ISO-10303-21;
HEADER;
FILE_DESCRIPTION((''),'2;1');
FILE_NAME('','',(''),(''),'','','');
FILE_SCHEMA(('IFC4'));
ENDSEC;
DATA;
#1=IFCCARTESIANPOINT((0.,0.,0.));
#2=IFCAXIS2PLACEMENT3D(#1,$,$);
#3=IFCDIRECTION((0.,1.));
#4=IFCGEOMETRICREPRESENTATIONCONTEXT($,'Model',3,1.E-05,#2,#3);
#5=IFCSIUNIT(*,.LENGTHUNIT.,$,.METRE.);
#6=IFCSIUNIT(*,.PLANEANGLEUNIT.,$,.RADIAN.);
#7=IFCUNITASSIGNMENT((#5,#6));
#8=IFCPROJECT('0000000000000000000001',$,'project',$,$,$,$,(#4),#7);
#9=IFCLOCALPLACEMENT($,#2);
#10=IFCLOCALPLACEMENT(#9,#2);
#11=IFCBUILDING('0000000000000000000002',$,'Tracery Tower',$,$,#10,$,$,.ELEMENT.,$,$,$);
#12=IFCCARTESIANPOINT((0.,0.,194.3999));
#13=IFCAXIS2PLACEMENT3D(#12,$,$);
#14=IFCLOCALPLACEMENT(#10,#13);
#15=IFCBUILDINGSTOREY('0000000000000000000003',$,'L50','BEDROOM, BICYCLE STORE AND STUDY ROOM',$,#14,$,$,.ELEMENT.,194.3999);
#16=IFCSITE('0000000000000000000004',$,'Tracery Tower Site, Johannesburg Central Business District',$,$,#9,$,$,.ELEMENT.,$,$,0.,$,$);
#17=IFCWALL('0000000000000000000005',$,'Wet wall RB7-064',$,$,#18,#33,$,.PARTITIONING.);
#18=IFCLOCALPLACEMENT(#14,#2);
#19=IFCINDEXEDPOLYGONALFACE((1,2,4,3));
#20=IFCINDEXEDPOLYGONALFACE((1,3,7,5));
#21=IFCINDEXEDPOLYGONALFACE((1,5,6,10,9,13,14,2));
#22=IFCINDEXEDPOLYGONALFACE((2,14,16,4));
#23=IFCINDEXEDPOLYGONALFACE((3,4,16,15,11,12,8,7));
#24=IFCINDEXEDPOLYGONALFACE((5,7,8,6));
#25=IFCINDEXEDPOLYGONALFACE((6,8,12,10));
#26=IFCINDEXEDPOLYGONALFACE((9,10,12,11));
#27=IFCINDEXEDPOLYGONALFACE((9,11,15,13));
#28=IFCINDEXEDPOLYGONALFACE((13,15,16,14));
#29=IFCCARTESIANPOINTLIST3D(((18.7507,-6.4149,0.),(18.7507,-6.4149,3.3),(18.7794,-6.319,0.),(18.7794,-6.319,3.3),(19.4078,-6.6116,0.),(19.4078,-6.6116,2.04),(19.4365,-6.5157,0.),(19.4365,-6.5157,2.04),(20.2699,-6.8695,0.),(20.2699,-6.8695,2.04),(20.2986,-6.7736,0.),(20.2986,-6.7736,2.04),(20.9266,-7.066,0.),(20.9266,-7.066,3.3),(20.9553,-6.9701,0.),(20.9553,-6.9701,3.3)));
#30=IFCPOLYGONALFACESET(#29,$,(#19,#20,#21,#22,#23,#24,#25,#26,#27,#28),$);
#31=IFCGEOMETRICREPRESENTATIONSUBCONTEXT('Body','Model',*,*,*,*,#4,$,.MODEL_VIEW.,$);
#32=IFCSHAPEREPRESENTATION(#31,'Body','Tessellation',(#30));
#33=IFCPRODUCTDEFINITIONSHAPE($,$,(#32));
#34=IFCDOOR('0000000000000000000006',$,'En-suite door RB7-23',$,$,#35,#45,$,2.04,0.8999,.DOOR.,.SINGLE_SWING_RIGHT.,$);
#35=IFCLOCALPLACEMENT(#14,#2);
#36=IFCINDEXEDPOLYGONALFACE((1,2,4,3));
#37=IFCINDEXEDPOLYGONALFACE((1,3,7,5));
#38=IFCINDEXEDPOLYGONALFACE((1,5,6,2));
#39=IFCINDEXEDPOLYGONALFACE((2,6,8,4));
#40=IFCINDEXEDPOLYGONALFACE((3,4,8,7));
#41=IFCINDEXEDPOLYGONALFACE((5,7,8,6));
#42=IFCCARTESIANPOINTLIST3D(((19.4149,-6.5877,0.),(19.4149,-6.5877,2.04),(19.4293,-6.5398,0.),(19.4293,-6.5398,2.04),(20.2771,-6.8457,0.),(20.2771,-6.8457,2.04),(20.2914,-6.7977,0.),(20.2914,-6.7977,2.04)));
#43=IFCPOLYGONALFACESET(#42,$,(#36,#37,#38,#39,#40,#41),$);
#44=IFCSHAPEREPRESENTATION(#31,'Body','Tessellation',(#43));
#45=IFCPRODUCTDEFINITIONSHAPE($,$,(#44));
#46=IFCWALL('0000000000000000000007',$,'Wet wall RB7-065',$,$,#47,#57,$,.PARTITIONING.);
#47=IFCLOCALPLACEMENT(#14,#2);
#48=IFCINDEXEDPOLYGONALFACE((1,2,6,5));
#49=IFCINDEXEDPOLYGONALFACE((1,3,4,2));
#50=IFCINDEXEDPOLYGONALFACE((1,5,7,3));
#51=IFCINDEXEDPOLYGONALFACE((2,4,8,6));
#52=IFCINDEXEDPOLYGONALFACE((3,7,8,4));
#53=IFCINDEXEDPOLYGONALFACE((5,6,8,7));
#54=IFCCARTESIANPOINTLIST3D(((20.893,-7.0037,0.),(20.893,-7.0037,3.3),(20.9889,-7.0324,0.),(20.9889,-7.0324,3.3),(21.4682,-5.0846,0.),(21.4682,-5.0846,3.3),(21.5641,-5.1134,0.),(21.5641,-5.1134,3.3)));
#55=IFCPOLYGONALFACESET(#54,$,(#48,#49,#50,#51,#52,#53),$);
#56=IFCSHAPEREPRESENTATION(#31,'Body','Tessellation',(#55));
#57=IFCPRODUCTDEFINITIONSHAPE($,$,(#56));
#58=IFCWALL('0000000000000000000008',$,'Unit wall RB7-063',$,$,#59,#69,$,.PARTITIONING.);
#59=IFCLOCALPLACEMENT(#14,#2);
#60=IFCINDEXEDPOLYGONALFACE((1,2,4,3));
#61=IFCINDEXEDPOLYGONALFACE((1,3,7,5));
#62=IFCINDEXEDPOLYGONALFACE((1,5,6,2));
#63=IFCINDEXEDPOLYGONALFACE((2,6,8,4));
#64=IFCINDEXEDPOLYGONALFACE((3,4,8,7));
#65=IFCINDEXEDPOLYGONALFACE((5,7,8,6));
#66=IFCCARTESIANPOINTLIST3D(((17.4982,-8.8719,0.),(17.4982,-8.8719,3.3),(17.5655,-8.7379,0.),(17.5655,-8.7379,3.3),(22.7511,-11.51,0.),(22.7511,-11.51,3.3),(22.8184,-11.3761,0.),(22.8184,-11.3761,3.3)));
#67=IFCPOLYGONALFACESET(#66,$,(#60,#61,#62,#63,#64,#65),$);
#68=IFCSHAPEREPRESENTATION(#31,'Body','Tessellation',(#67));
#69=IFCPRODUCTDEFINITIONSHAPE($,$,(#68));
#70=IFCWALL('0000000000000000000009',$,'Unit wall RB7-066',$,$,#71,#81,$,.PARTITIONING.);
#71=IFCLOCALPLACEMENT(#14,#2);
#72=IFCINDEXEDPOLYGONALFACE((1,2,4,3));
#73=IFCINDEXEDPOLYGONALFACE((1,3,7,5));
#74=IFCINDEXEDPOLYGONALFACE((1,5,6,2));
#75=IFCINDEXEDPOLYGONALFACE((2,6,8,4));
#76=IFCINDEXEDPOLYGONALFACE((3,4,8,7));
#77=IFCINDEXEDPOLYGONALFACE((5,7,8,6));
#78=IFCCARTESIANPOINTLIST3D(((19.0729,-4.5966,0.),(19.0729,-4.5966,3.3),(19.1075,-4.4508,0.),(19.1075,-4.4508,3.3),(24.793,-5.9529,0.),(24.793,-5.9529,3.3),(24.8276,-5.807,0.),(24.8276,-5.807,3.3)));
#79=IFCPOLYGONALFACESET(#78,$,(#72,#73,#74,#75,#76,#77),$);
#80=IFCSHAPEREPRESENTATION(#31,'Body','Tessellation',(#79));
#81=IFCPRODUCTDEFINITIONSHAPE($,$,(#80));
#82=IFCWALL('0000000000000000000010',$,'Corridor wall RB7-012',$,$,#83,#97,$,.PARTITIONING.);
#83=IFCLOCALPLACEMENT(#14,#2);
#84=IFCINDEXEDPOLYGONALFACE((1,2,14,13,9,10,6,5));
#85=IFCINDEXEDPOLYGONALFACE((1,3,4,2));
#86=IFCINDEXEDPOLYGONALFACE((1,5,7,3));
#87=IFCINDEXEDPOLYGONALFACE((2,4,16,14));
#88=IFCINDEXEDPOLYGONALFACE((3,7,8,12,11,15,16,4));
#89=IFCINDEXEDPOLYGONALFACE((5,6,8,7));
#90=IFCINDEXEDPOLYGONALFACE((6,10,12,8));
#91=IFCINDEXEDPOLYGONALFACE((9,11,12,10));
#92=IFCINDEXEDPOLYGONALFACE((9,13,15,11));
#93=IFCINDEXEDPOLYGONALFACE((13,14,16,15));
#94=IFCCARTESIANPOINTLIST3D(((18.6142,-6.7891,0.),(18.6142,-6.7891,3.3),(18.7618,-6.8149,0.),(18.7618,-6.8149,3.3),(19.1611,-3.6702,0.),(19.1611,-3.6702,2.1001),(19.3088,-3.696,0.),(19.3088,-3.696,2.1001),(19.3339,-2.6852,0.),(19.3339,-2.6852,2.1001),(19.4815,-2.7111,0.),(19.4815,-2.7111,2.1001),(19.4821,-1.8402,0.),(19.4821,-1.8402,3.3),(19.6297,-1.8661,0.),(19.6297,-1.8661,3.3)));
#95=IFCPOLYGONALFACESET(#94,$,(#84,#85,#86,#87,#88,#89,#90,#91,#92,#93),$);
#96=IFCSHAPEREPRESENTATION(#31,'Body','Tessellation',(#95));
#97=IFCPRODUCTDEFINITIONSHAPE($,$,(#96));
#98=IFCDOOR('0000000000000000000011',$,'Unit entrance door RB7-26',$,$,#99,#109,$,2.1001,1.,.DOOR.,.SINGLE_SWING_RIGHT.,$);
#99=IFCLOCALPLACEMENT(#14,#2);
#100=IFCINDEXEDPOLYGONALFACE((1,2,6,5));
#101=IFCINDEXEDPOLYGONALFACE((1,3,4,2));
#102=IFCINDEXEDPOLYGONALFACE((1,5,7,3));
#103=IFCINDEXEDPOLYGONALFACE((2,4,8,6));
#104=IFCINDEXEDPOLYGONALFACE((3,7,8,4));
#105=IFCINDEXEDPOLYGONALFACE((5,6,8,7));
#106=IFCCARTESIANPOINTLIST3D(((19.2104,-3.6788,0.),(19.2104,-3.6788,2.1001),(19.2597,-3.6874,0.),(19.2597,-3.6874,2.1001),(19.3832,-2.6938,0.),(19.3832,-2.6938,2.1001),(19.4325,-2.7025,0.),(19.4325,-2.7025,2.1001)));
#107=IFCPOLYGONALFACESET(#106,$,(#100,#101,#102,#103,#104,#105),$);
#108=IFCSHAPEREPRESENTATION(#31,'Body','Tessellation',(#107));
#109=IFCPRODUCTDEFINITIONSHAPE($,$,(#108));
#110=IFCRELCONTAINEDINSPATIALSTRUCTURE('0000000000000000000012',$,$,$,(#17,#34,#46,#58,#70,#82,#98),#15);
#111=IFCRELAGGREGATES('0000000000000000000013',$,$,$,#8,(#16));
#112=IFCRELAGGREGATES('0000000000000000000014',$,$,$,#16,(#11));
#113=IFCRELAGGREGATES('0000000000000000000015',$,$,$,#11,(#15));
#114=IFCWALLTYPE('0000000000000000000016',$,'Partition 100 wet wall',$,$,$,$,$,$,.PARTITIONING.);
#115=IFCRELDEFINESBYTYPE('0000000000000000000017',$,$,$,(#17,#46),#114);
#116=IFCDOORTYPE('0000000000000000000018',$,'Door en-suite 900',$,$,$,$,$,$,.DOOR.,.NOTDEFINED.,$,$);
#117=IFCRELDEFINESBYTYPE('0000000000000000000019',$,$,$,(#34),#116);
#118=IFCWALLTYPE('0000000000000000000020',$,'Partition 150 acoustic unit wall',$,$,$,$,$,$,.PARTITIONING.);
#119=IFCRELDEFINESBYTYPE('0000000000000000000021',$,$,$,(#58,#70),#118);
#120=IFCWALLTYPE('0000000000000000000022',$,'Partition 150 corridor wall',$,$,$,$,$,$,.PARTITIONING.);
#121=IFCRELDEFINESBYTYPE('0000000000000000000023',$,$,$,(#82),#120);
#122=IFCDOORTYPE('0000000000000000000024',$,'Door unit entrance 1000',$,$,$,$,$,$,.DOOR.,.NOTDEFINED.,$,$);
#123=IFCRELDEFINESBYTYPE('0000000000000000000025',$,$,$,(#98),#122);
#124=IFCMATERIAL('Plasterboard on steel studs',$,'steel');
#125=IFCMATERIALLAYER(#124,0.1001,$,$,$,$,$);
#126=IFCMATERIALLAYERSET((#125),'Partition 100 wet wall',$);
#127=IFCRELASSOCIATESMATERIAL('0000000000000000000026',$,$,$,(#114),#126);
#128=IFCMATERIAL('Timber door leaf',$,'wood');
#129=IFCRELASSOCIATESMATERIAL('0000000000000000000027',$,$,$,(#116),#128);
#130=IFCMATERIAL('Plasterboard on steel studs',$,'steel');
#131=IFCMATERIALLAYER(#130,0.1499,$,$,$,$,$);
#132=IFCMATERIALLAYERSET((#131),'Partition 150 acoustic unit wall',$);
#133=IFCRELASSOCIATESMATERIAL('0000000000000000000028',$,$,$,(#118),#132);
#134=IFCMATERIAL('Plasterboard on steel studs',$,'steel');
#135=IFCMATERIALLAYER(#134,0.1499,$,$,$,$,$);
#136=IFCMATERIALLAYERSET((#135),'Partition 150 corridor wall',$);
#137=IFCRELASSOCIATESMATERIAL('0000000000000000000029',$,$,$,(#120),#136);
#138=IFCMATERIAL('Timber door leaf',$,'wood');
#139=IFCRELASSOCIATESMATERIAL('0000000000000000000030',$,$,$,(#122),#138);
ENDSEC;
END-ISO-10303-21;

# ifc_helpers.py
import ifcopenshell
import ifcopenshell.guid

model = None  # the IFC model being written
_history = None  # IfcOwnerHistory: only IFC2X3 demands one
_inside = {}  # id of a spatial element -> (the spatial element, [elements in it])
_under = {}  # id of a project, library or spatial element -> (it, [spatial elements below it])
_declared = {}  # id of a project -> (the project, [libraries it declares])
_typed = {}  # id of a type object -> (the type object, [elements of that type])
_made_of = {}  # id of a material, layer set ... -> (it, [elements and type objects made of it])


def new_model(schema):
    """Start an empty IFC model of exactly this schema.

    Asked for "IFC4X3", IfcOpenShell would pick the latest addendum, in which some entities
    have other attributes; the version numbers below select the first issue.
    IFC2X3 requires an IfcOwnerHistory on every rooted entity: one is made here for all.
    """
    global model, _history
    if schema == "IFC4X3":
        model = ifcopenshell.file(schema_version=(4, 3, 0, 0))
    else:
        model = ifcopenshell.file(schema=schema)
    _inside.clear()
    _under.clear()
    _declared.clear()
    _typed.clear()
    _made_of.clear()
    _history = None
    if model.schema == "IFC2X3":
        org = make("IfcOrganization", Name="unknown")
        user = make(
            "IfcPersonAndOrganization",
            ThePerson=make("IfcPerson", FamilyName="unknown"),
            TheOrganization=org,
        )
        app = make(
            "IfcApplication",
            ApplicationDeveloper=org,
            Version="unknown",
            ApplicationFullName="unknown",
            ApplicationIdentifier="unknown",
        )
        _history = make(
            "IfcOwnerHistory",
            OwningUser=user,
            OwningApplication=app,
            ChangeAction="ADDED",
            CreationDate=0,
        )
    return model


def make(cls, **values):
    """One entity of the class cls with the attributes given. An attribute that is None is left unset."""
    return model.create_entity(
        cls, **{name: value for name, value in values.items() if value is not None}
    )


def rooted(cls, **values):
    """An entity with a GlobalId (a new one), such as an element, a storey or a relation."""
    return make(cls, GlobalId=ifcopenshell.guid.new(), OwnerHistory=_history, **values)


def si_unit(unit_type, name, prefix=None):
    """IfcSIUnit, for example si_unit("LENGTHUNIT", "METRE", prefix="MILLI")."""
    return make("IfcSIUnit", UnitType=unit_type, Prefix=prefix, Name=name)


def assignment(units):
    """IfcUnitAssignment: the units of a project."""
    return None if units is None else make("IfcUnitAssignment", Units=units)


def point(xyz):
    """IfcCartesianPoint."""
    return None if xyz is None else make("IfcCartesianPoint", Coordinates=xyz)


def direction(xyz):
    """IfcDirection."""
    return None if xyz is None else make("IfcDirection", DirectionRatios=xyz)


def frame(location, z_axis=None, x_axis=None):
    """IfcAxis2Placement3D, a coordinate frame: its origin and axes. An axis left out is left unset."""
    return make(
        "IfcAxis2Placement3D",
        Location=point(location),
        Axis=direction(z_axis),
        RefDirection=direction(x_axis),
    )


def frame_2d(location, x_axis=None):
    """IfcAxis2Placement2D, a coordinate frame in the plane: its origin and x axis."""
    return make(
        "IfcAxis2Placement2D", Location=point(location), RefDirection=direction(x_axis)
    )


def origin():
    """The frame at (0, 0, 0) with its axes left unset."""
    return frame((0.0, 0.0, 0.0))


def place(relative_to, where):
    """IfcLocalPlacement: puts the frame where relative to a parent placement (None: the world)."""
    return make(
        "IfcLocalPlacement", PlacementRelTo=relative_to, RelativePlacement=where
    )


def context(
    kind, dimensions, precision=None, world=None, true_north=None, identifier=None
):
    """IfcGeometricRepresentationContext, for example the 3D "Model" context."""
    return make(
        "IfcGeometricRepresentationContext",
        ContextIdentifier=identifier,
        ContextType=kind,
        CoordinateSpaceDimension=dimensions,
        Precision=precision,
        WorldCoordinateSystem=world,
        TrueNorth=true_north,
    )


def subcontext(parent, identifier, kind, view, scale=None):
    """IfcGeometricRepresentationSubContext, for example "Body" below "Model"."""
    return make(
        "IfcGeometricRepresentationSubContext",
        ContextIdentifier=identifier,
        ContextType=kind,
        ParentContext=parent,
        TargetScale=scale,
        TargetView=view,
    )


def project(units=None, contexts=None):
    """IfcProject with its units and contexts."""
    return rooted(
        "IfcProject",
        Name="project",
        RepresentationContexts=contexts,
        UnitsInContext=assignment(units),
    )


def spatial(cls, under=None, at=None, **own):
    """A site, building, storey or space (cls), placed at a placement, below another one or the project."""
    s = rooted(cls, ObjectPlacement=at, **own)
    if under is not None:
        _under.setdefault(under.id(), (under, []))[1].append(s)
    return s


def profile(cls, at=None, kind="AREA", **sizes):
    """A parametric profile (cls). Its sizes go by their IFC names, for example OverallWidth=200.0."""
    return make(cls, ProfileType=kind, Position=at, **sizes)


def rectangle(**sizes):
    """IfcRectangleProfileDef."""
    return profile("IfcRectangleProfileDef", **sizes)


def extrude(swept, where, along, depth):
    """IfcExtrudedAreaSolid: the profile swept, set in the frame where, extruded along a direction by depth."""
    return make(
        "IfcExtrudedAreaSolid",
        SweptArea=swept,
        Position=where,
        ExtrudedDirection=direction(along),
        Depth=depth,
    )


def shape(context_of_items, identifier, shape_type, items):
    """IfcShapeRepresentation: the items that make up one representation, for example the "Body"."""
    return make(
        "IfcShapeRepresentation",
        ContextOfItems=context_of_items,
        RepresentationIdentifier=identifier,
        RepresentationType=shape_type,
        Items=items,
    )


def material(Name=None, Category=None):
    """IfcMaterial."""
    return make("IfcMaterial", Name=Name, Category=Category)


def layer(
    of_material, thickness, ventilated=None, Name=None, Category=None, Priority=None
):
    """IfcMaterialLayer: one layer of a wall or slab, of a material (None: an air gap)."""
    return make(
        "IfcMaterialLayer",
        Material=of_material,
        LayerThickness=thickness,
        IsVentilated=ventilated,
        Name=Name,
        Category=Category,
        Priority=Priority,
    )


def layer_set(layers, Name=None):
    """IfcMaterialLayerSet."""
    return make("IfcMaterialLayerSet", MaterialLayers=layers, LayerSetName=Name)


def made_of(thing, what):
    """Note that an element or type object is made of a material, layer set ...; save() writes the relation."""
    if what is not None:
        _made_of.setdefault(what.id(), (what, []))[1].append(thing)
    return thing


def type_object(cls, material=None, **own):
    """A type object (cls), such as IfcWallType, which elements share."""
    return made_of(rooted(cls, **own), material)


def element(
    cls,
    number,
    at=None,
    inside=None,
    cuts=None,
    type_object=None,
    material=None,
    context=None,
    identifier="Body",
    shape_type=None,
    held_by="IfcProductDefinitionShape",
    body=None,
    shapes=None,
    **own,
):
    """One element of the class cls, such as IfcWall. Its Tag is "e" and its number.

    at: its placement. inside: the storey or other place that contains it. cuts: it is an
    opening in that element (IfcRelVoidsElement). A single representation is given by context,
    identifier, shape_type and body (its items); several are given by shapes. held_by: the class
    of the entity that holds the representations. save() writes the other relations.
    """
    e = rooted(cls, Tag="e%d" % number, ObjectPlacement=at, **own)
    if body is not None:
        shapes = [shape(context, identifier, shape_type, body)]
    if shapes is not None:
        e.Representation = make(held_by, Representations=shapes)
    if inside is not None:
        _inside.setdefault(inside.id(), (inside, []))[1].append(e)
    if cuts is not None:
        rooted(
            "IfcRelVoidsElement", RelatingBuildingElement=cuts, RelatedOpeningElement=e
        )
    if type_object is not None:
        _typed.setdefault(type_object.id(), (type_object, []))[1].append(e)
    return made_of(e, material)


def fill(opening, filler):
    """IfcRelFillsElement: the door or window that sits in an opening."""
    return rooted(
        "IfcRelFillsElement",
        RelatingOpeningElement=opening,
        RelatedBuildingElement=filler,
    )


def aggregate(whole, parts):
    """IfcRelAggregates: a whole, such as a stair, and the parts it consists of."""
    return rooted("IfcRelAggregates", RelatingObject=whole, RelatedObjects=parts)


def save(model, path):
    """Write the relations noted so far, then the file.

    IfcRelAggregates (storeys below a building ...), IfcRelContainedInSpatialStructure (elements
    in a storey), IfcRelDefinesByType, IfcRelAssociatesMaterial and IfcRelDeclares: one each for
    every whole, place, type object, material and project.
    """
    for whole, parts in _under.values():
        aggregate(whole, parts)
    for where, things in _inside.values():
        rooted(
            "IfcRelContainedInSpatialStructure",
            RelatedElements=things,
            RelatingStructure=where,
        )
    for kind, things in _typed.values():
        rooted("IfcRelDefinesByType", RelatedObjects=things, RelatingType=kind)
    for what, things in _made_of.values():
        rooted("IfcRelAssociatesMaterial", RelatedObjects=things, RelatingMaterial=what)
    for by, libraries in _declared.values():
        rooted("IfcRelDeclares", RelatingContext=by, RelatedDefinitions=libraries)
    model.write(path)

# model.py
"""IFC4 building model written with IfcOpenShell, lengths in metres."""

from ifc_helpers import new_model, si_unit, direction, frame, frame_2d, origin, place, context, subcontext, project, spatial, rectangle, extrude, material, layer, layer_set, type_object, element, fill, save


model = new_model("IFC4")

# Units and contexts
model_context = context("Model", 3, precision=1e-05, world=origin(), true_north=direction((0.0, 1.0)))
body_context = subcontext(model_context, "Body", "Model", "MODEL_VIEW")
ifc_project = project(units=[si_unit("LENGTHUNIT", "METRE"), si_unit("PLANEANGLEUNIT", "RADIAN")], contexts=[model_context])

# Site, building, storey
site_placement = place(None, origin())
site = spatial("IfcSite", under=ifc_project, at=site_placement, Name="Tracery Tower Site, Johannesburg Central Business District", CompositionType="ELEMENT", RefElevation=0.0)
building_placement = place(site_placement, origin())
building = spatial("IfcBuilding", under=site, at=building_placement, Name="Tracery Tower", CompositionType="ELEMENT")
storey_placement = place(building_placement, frame((0.0, 0.0, 194.3999)))
storey = spatial("IfcBuildingStorey", under=building, at=storey_placement, Name="L50", Description="BEDROOM, BICYCLE STORE AND STUDY ROOM", CompositionType="ELEMENT", Elevation=194.3999)

# Wall, opening, door
ifc_material_1 = material(Name="Plasterboard on steel studs", Category="steel")
ifc_layer_1 = layer(ifc_material_1, 0.1001)
ifc_layer_set_1 = layer_set([ifc_layer_1], Name="Partition 100 wet wall")
wall_type_1 = type_object("IfcWallType", Name="Partition 100 wet wall", PredefinedType="PARTITIONING", material=ifc_layer_set_1)
ifc_material_2 = material(Name="Timber door leaf", Category="wood")
door_type_1 = type_object("IfcDoorType", Name="Door en-suite 900", OperationType="NOTDEFINED", PredefinedType="DOOR", material=ifc_material_2)
wall_1_placement = place(storey_placement, frame((18.7649, -6.3669, 0.0), z_axis=(0.0, 0.0, 1.0), x_axis=(0.95803, -0.286667, 0.0)))
wall_1 = element("IfcWall", 1, at=wall_1_placement, inside=storey, type_object=wall_type_1, Name="Wet wall RB7-064", PredefinedType="PARTITIONING", context=body_context, shape_type="SweptSolid", body=[
    extrude(rectangle(XDim=2.2712, YDim=0.1001, at=frame_2d((1.1357, 0.0))), origin(), (0.0, 0.0, 1.0), 3.3),
])
opening_1_placement = place(wall_1_placement, frame((0.686, 0.0, 0.0)))
opening_1 = element("IfcOpeningElement", 2, at=opening_1_placement, cuts=wall_1, PredefinedType="OPENING", context=body_context, shape_type="SweptSolid", body=[
    extrude(rectangle(XDim=0.8999, YDim=2.04, at=frame_2d((0.45, 1.02))), frame((0.0, 0.05, 0.0), z_axis=(0.0, -1.0, 0.0), x_axis=(1.0, 0.0, 0.0)), (0.0, 0.0, 1.0), 0.1001),
])
door_1_placement = place(opening_1_placement, origin())
door_1 = element("IfcDoor", 3, at=door_1_placement, inside=storey, type_object=door_type_1, Name="En-suite door RB7-23", OperationType="SINGLE_SWING_RIGHT", OverallHeight=2.04, OverallWidth=0.8999, PredefinedType="DOOR", context=body_context, shape_type="SweptSolid", body=[
    extrude(rectangle(XDim=0.8999, YDim=2.04, at=frame_2d((0.45, 1.02))), frame((0.0, 0.0249, 0.0), z_axis=(0.0, -1.0, 0.0), x_axis=(1.0, 0.0, 0.0)), (0.0, 0.0, 1.0), 0.05),
])
fill(opening_1, door_1)

# Walls
wall_2_placement = place(storey_placement, frame((20.9409, -7.0181, 0.0), z_axis=(0.0, 0.0, 1.0), x_axis=(0.287124, 0.957893, 0.0)))
element("IfcWall", 4, at=wall_2_placement, inside=storey, type_object=wall_type_1, Name="Wet wall RB7-065", PredefinedType="PARTITIONING", context=body_context, shape_type="SweptSolid", body=[
    extrude(rectangle(XDim=2.0034, YDim=0.1001, at=frame_2d((1.0017, 0.0))), origin(), (0.0, 0.0, 1.0), 3.3),
])
ifc_material_3 = material(Name="Plasterboard on steel studs", Category="steel")
ifc_layer_2 = layer(ifc_material_3, 0.1499)
ifc_layer_set_2 = layer_set([ifc_layer_2], Name="Partition 150 acoustic unit wall")
wall_type_2 = type_object("IfcWallType", Name="Partition 150 acoustic unit wall", PredefinedType="PARTITIONING", material=ifc_layer_set_2)
wall_3_placement = place(storey_placement, frame((17.532, -8.8049, 0.0), z_axis=(0.0, 0.0, 1.0), x_axis=(0.893628, -0.448808, 0.0)))
element("IfcWall", 5, at=wall_3_placement, inside=storey, type_object=wall_type_2, Name="Unit wall RB7-063", PredefinedType="PARTITIONING", context=body_context, shape_type="SweptSolid", body=[
    extrude(rectangle(XDim=5.8782, YDim=0.1499, at=frame_2d((2.939, 0.0))), origin(), (0.0, 0.0, 1.0), 3.3),
])
wall_4_placement = place(storey_placement, frame((19.0901, -4.5237, 0.0), z_axis=(0.0, 0.0, 1.0), x_axis=(0.973024, -0.230703, 0.0)))
element("IfcWall", 6, at=wall_4_placement, inside=storey, type_object=wall_type_2, Name="Unit wall RB7-066", PredefinedType="PARTITIONING", context=body_context, shape_type="SweptSolid", body=[
    extrude(rectangle(XDim=5.8787, YDim=0.1499, at=frame_2d((2.9395, 0.0))), origin(), (0.0, 0.0, 1.0), 3.3),
])

# Wall, opening, door
ifc_material_4 = material(Name="Plasterboard on steel studs", Category="steel")
ifc_layer_3 = layer(ifc_material_4, 0.1499)
ifc_layer_set_3 = layer_set([ifc_layer_3], Name="Partition 150 corridor wall")
wall_type_3 = type_object("IfcWallType", Name="Partition 150 corridor wall", PredefinedType="PARTITIONING", material=ifc_layer_set_3)
wall_5_placement = place(storey_placement, frame((18.688, -6.802, 0.0), z_axis=(0.0, 0.0, 1.0), x_axis=(0.172737, 0.984968, 0.0)))
wall_5 = element("IfcWall", 7, at=wall_5_placement, inside=storey, type_object=wall_type_3, Name="Corridor wall RB7-012", PredefinedType="PARTITIONING", context=body_context, shape_type="SweptSolid", body=[
    extrude(rectangle(XDim=5.0244, YDim=0.1499, at=frame_2d((2.5122, 0.0))), origin(), (0.0, 0.0, 1.0), 3.3),
])
opening_2_placement = place(wall_5_placement, frame((3.1665, 0.0, 0.0)))
opening_2 = element("IfcOpeningElement", 8, at=opening_2_placement, cuts=wall_5, PredefinedType="OPENING", context=body_context, shape_type="SweptSolid", body=[
    extrude(rectangle(XDim=1.0, YDim=2.1001, at=frame_2d((0.5, 1.05))), frame((0.0, 0.075, 0.0), z_axis=(0.0, -1.0, 0.0), x_axis=(1.0, 0.0, 0.0)), (0.0, 0.0, 1.0), 0.1499),
])
ifc_material_5 = material(Name="Timber door leaf", Category="wood")
door_type_2 = type_object("IfcDoorType", Name="Door unit entrance 1000", OperationType="NOTDEFINED", PredefinedType="DOOR", material=ifc_material_5)
door_2_placement = place(opening_2_placement, origin())
door_2 = element("IfcDoor", 9, at=door_2_placement, inside=storey, type_object=door_type_2, Name="Unit entrance door RB7-26", OperationType="SINGLE_SWING_RIGHT", OverallHeight=2.1001, OverallWidth=1.0, PredefinedType="DOOR", context=body_context, shape_type="SweptSolid", body=[
    extrude(rectangle(XDim=1.0, YDim=2.1001, at=frame_2d((0.5, 1.05))), frame((0.0, 0.0249, 0.0), z_axis=(0.0, -1.0, 0.0), x_axis=(1.0, 0.0, 0.0)), (0.0, 0.0, 1.0), 0.05),
])
fill(opening_2, door_2)

save(model, "model.ifc")
